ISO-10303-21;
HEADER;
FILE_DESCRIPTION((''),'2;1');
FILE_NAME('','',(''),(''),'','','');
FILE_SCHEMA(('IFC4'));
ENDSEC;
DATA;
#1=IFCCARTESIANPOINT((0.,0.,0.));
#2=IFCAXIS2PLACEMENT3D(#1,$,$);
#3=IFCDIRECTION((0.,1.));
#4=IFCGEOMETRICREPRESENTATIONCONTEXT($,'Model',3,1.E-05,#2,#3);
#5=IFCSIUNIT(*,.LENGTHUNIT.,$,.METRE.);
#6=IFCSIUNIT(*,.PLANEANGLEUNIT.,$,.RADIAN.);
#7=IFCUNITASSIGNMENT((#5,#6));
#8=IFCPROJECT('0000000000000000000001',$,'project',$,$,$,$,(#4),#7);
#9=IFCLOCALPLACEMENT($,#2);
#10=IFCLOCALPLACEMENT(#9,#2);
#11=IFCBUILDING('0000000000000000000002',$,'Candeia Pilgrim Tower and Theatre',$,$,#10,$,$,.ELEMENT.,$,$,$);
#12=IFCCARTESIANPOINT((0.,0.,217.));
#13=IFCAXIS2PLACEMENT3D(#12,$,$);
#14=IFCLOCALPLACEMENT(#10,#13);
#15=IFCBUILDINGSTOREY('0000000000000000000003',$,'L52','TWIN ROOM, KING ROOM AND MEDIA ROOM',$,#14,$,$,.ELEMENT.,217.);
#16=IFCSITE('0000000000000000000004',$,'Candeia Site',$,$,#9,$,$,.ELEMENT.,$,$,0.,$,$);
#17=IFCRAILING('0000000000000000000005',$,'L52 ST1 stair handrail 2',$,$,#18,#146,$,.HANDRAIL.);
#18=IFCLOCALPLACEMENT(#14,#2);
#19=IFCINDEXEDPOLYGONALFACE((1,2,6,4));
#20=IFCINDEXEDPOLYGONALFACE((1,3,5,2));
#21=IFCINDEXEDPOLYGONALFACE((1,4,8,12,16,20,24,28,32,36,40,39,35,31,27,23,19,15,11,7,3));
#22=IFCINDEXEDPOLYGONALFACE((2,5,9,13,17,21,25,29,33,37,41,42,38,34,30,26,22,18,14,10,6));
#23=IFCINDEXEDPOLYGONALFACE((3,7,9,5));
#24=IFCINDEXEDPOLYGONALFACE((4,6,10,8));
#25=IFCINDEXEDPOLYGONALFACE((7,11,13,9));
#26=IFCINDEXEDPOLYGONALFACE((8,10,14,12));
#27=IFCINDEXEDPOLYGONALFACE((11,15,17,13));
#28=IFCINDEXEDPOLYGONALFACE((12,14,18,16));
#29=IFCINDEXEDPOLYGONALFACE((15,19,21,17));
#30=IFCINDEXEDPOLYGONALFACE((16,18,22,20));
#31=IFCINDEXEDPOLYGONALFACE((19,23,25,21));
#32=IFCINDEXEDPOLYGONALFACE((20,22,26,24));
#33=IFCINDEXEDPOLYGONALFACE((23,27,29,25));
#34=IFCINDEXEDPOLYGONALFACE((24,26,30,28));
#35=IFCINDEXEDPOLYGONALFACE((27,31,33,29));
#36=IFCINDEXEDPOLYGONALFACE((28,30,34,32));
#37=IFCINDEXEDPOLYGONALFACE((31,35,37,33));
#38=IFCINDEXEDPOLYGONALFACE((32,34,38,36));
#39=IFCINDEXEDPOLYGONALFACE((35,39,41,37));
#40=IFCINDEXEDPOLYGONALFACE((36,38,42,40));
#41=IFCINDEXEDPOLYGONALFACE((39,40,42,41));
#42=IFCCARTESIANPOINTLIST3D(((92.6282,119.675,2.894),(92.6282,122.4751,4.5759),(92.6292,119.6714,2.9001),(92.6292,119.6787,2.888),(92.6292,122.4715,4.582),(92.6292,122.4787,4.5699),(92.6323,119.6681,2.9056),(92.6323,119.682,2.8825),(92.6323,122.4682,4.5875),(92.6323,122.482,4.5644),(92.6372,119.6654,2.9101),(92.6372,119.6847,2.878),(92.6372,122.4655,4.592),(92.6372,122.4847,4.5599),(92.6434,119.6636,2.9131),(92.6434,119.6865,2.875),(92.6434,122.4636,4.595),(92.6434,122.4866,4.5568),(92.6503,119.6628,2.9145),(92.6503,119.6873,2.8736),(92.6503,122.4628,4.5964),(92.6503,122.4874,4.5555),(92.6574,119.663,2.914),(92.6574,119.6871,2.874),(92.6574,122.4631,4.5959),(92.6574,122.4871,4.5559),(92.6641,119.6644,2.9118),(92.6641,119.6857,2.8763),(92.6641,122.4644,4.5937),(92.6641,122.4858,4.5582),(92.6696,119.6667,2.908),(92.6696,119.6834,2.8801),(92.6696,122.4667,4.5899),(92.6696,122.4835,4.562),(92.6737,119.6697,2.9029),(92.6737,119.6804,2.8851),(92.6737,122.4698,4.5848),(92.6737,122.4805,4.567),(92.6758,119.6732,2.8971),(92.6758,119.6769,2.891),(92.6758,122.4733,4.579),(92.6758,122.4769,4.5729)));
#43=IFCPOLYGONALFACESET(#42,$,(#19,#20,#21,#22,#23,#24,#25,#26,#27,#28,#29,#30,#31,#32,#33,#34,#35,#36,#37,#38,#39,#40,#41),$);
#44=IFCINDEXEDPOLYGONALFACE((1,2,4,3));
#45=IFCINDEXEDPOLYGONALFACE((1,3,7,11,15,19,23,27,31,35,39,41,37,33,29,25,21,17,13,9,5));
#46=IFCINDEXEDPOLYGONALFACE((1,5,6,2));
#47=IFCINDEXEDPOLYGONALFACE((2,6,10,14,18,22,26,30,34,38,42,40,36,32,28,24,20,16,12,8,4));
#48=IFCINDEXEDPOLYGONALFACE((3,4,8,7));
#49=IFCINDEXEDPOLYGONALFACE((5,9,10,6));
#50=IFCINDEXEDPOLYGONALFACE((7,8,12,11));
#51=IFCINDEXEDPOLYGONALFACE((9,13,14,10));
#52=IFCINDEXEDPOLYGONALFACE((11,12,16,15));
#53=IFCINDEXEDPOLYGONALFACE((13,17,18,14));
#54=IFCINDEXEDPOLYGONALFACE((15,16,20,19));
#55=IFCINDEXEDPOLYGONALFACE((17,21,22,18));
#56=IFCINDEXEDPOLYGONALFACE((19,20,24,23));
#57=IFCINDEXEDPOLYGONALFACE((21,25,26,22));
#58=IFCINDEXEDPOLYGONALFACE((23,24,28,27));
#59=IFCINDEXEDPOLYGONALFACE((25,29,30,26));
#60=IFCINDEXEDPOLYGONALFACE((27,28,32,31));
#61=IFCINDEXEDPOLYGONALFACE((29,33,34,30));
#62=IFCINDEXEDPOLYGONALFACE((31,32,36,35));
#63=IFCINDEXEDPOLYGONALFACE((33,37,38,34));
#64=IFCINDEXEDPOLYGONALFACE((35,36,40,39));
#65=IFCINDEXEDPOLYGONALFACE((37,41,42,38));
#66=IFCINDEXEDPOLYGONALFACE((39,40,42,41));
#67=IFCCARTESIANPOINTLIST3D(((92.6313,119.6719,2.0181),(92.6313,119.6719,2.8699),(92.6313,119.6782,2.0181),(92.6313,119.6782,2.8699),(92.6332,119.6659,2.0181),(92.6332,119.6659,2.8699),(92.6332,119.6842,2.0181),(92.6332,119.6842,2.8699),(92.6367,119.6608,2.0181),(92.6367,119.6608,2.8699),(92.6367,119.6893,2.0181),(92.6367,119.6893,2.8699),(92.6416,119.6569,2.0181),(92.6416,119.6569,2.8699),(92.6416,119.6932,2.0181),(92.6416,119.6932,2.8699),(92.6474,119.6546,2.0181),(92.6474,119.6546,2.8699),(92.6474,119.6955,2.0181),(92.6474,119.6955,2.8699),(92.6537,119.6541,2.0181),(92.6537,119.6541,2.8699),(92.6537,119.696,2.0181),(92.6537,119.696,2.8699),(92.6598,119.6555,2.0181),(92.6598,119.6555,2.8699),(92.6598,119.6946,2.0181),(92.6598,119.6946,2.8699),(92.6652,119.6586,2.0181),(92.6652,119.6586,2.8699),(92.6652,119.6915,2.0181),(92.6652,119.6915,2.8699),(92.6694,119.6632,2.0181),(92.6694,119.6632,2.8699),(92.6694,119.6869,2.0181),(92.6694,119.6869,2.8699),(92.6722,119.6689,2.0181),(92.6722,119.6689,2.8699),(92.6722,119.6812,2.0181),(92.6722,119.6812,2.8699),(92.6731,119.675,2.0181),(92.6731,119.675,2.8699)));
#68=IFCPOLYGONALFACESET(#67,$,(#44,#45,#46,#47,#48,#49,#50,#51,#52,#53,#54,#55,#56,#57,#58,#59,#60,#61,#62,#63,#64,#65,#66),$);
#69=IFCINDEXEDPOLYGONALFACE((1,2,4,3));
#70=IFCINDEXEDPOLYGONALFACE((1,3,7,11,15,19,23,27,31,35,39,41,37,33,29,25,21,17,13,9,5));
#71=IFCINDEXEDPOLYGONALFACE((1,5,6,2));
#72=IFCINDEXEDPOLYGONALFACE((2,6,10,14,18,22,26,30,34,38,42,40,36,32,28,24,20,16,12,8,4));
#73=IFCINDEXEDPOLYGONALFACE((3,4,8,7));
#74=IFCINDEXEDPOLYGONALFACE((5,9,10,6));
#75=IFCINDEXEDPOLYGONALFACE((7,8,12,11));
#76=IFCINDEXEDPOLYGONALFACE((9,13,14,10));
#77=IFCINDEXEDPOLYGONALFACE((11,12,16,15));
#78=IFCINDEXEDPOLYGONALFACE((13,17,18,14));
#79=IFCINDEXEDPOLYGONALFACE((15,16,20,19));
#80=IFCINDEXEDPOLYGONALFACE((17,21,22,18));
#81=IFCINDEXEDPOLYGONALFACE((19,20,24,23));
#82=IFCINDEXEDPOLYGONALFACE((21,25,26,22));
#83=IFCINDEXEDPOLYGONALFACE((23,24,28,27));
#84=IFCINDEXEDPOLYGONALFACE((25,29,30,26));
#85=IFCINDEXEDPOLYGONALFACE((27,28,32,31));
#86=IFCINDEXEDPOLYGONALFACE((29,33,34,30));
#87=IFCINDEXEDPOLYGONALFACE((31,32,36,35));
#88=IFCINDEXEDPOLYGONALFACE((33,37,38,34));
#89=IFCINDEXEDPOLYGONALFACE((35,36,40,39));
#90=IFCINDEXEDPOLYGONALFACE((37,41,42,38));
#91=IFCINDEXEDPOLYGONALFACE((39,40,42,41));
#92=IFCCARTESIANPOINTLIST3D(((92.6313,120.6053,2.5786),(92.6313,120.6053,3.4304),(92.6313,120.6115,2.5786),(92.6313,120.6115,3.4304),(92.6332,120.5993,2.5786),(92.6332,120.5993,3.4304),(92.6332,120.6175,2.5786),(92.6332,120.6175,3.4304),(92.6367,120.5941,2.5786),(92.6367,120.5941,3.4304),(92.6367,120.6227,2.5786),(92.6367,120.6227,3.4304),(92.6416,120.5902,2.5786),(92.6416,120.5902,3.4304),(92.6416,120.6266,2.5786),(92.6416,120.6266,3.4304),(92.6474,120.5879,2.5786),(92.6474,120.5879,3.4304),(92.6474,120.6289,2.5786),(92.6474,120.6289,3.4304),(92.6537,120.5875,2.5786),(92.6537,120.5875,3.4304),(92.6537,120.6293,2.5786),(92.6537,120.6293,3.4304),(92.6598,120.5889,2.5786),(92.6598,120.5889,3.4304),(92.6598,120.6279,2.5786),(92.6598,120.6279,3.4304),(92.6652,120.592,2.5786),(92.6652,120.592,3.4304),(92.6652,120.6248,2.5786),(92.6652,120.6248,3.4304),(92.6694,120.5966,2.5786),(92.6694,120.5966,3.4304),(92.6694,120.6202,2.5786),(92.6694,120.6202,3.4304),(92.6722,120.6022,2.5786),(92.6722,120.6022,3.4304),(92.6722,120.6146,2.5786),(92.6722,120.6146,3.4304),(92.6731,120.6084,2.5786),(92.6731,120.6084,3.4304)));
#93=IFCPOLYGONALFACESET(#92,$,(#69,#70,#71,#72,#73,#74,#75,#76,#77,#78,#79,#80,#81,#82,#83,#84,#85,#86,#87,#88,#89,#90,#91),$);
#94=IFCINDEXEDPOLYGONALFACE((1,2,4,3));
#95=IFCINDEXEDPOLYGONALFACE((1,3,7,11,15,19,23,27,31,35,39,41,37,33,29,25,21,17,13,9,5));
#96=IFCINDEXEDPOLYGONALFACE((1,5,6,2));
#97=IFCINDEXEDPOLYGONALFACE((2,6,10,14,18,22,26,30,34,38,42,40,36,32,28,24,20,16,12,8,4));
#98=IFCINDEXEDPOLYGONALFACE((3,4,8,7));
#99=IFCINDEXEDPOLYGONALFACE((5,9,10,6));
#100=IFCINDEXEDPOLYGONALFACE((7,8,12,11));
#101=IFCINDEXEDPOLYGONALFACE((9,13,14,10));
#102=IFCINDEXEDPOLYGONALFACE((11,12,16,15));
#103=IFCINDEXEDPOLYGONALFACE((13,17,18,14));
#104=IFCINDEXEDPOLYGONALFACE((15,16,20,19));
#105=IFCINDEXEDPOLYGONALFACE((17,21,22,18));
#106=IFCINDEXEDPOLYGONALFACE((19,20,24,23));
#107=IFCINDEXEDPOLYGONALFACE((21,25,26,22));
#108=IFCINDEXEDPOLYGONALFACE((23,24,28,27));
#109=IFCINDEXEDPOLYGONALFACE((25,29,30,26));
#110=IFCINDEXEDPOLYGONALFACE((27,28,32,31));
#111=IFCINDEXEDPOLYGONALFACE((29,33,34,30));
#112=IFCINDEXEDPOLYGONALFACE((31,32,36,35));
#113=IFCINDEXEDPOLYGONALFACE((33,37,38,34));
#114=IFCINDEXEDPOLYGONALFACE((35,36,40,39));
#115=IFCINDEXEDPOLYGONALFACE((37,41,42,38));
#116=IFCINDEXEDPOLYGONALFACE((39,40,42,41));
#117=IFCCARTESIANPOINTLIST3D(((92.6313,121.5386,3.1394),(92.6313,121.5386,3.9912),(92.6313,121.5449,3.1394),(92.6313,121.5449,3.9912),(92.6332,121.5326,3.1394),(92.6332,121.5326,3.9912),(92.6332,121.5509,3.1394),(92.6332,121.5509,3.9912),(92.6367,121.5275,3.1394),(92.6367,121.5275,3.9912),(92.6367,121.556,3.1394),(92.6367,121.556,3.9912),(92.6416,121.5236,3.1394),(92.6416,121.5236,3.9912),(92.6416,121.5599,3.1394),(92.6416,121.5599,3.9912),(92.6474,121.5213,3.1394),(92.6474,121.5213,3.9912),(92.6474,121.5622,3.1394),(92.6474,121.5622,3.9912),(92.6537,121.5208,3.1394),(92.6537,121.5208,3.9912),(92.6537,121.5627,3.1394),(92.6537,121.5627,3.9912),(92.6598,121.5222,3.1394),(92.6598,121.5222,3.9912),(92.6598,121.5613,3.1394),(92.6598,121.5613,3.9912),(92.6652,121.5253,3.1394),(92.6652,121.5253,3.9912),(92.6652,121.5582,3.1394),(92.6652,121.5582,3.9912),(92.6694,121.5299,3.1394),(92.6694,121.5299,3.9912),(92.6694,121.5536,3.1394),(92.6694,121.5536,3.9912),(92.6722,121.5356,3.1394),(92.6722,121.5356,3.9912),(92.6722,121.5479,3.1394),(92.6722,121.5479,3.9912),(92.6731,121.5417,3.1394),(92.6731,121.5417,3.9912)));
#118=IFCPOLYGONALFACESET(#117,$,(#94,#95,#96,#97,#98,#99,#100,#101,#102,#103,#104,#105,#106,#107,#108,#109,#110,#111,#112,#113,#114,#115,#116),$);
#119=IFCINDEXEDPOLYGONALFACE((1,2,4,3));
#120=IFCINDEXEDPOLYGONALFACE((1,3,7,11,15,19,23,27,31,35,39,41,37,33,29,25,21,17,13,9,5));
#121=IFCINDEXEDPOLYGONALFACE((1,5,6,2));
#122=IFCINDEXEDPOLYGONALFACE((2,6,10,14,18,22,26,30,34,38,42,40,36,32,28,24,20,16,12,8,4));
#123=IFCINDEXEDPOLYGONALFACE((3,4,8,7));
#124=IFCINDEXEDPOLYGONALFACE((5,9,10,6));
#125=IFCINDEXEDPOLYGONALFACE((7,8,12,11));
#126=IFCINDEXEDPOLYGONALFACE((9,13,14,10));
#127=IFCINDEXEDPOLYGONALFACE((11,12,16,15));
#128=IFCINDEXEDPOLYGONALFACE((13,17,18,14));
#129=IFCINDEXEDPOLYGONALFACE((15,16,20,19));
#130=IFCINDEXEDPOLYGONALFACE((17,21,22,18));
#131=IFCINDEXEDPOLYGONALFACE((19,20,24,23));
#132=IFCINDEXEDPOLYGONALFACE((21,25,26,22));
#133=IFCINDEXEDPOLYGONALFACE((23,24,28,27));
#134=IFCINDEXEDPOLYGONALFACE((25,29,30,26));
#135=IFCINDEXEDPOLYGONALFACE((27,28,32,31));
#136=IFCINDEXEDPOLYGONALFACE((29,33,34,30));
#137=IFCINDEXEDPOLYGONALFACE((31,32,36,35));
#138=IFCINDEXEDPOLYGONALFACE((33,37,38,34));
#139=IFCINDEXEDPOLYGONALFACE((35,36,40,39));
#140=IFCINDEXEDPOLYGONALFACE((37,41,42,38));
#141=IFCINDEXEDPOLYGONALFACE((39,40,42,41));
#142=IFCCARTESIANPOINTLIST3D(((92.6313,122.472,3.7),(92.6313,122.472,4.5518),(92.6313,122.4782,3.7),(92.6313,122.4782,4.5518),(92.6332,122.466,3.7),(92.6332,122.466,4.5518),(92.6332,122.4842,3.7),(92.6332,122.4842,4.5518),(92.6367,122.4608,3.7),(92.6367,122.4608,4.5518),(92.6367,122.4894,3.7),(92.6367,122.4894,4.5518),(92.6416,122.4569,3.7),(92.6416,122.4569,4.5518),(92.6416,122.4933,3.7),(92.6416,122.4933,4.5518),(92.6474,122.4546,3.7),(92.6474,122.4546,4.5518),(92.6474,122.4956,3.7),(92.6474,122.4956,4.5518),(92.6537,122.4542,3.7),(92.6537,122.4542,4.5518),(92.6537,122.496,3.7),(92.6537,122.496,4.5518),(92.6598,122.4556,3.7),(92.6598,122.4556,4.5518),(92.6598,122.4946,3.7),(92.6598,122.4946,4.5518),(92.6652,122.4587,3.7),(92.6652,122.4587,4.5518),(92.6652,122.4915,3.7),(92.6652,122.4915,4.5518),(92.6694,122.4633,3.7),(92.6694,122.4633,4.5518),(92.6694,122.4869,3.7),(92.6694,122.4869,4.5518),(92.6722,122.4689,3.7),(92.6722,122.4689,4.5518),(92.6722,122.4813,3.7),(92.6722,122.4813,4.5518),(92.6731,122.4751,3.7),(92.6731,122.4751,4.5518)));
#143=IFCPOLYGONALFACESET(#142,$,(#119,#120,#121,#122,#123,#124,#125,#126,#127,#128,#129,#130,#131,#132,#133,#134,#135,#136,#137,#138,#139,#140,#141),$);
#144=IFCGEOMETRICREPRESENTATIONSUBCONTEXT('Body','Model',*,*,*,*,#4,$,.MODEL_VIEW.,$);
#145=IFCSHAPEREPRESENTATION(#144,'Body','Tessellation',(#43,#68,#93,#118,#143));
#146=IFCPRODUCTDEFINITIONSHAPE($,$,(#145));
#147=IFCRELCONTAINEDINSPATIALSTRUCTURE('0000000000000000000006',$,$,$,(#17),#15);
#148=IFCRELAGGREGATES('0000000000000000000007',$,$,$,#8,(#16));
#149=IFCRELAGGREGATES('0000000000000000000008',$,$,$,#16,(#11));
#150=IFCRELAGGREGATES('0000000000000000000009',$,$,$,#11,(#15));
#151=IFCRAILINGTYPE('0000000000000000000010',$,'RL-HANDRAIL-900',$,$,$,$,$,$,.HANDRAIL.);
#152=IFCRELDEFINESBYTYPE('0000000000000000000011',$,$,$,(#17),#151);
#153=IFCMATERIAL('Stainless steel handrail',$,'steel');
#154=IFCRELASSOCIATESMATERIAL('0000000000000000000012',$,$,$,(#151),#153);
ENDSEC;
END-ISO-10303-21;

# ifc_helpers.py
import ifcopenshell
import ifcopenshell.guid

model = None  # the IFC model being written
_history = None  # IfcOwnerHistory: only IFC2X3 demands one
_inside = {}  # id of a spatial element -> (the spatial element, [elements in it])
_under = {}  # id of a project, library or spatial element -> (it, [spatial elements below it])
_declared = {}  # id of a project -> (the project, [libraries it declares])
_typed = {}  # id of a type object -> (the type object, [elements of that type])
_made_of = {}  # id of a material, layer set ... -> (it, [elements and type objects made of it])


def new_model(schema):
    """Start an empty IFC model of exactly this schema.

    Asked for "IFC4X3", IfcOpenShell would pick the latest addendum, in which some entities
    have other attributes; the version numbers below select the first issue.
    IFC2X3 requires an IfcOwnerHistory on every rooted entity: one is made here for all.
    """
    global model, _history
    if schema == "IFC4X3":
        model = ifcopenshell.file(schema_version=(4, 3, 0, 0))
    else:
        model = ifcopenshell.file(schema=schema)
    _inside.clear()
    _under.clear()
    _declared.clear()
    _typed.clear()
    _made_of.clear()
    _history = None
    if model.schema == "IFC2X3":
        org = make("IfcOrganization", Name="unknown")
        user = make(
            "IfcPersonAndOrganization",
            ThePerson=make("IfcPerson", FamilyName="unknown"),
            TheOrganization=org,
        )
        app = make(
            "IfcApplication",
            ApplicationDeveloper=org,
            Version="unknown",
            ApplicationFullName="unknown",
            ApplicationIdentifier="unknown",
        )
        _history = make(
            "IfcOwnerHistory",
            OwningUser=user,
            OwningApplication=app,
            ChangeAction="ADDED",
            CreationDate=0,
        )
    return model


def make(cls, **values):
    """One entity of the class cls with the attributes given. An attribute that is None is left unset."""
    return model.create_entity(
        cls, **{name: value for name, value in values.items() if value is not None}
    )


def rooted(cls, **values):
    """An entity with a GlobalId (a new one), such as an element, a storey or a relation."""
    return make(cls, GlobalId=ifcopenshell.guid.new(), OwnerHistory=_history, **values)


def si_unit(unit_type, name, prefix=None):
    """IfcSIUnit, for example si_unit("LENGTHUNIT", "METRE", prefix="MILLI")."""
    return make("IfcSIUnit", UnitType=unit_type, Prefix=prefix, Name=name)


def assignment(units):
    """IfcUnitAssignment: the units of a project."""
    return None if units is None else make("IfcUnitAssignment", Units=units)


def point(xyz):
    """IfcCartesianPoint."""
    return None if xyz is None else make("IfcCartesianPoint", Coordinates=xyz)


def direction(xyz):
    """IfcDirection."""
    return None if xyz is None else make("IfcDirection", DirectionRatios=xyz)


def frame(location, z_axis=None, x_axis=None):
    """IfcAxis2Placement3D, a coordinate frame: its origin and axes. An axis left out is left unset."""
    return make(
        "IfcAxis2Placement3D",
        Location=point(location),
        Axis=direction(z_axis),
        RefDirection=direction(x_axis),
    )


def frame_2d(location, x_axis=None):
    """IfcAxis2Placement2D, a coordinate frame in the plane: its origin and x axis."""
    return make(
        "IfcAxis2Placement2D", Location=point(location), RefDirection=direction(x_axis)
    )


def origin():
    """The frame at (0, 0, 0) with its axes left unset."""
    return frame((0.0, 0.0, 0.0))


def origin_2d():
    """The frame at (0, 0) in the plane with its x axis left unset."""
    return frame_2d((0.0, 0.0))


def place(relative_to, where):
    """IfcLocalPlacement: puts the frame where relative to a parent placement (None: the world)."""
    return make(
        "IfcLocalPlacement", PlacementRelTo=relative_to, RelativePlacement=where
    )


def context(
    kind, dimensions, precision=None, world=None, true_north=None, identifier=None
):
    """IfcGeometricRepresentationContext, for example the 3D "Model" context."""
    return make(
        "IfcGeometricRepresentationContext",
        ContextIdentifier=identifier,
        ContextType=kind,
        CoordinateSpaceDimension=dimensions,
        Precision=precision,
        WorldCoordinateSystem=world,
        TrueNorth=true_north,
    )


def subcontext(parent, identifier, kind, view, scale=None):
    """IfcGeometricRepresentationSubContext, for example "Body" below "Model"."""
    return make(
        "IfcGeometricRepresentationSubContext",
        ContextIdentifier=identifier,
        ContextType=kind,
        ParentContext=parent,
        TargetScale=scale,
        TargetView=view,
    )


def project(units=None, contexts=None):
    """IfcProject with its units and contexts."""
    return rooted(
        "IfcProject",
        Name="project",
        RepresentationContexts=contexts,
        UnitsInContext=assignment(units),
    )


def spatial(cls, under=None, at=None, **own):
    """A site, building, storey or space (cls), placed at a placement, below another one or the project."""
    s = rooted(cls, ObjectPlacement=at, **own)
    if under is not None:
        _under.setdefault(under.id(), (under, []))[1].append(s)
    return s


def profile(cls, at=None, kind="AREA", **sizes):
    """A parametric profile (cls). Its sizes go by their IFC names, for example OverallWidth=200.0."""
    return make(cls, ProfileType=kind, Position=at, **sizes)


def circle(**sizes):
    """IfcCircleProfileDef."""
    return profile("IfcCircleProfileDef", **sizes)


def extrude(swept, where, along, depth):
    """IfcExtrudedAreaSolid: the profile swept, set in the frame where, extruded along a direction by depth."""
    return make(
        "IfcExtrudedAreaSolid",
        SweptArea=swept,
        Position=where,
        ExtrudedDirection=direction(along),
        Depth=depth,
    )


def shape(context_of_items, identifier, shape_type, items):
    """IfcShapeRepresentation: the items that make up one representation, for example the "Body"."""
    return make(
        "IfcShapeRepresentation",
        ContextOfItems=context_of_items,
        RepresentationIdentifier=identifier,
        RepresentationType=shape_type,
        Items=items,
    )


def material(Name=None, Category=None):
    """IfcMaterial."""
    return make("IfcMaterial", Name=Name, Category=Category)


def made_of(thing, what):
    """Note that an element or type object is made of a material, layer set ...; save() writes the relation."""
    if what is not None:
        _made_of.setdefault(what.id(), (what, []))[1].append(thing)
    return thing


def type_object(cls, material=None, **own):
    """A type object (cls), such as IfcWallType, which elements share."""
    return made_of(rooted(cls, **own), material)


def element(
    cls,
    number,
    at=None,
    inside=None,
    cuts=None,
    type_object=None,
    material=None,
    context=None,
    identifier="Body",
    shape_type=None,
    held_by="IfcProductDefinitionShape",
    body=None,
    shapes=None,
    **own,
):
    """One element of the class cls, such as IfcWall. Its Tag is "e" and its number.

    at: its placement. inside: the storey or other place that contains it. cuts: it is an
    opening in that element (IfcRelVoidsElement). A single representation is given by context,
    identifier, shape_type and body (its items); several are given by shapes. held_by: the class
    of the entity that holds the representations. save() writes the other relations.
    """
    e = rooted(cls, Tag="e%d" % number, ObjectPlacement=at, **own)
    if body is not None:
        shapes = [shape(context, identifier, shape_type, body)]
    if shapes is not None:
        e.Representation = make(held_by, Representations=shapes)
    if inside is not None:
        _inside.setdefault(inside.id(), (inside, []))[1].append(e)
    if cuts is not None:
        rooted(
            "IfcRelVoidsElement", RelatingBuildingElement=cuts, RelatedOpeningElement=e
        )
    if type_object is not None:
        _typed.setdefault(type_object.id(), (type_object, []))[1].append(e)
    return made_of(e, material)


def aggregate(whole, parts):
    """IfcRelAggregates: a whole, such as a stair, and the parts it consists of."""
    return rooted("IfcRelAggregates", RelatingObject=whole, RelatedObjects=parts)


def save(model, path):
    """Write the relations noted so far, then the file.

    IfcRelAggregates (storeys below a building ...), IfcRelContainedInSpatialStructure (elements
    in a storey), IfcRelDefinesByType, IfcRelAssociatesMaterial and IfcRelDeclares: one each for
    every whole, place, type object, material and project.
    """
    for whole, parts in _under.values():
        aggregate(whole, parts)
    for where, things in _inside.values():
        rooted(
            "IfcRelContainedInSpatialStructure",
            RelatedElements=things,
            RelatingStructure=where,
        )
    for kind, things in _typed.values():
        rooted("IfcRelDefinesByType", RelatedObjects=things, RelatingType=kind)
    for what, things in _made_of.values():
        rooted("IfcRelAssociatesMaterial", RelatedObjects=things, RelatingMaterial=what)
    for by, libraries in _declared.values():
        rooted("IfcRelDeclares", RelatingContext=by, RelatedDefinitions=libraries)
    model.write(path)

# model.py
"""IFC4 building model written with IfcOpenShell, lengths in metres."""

from ifc_helpers import new_model, si_unit, direction, frame, origin, origin_2d, place, context, subcontext, project, spatial, circle, extrude, material, type_object, element, save


model = new_model("IFC4")

# Units and contexts
model_context = context("Model", 3, precision=1e-05, world=origin(), true_north=direction((0.0, 1.0)))
body_context = subcontext(model_context, "Body", "Model", "MODEL_VIEW")
ifc_project = project(units=[si_unit("LENGTHUNIT", "METRE"), si_unit("PLANEANGLEUNIT", "RADIAN")], contexts=[model_context])

# Site, building, storey
site_placement = place(None, origin())
site = spatial("IfcSite", under=ifc_project, at=site_placement, Name="Candeia Site", CompositionType="ELEMENT", RefElevation=0.0)
building_placement = place(site_placement, origin())
building = spatial("IfcBuilding", under=site, at=building_placement, Name="Candeia Pilgrim Tower and Theatre", CompositionType="ELEMENT")
storey_placement = place(building_placement, frame((0.0, 0.0, 217.0)))
storey = spatial("IfcBuildingStorey", under=building, at=storey_placement, Name="L52", Description="TWIN ROOM, KING ROOM AND MEDIA ROOM", CompositionType="ELEMENT", Elevation=217.0)

# Railing
ifc_material_1 = material(Name="Stainless steel handrail", Category="steel")
railing_type = type_object("IfcRailingType", Name="RL-HANDRAIL-900", PredefinedType="HANDRAIL", material=ifc_material_1)
for number, where, name in (
    (1, (92.6521, 119.675, 2.0181), "L52 ST1 stair handrail 2"),
):
    element("IfcRailing", number, at=place(storey_placement, frame(where)), inside=storey, type_object=railing_type, Name=name, PredefinedType="HANDRAIL", context=body_context, shape_type="SweptSolid", body=[
        extrude(circle(Radius=0.0239, at=origin_2d()), frame((0.0, 0.0, 0.876), z_axis=(0.0, 0.857242, 0.514913), x_axis=(-1.0, 0.0, 0.0)), (0.0, 0.0, 1.0), 3.2664),
        extrude(circle(Radius=0.021, at=origin_2d()), origin(), (0.0, 0.0, 1.0), 0.8518),
        extrude(circle(Radius=0.021, at=origin_2d()), frame((0.0, 0.9333, 0.5605)), (0.0, 0.0, 1.0), 0.8518),
        extrude(circle(Radius=0.021, at=origin_2d()), frame((0.0, 1.8667, 1.1213)), (0.0, 0.0, 1.0), 0.8518),
        extrude(circle(Radius=0.021, at=origin_2d()), frame((0.0, 2.8, 1.6819)), (0.0, 0.0, 1.0), 0.8518),
    ])

save(model, "model.ifc")
